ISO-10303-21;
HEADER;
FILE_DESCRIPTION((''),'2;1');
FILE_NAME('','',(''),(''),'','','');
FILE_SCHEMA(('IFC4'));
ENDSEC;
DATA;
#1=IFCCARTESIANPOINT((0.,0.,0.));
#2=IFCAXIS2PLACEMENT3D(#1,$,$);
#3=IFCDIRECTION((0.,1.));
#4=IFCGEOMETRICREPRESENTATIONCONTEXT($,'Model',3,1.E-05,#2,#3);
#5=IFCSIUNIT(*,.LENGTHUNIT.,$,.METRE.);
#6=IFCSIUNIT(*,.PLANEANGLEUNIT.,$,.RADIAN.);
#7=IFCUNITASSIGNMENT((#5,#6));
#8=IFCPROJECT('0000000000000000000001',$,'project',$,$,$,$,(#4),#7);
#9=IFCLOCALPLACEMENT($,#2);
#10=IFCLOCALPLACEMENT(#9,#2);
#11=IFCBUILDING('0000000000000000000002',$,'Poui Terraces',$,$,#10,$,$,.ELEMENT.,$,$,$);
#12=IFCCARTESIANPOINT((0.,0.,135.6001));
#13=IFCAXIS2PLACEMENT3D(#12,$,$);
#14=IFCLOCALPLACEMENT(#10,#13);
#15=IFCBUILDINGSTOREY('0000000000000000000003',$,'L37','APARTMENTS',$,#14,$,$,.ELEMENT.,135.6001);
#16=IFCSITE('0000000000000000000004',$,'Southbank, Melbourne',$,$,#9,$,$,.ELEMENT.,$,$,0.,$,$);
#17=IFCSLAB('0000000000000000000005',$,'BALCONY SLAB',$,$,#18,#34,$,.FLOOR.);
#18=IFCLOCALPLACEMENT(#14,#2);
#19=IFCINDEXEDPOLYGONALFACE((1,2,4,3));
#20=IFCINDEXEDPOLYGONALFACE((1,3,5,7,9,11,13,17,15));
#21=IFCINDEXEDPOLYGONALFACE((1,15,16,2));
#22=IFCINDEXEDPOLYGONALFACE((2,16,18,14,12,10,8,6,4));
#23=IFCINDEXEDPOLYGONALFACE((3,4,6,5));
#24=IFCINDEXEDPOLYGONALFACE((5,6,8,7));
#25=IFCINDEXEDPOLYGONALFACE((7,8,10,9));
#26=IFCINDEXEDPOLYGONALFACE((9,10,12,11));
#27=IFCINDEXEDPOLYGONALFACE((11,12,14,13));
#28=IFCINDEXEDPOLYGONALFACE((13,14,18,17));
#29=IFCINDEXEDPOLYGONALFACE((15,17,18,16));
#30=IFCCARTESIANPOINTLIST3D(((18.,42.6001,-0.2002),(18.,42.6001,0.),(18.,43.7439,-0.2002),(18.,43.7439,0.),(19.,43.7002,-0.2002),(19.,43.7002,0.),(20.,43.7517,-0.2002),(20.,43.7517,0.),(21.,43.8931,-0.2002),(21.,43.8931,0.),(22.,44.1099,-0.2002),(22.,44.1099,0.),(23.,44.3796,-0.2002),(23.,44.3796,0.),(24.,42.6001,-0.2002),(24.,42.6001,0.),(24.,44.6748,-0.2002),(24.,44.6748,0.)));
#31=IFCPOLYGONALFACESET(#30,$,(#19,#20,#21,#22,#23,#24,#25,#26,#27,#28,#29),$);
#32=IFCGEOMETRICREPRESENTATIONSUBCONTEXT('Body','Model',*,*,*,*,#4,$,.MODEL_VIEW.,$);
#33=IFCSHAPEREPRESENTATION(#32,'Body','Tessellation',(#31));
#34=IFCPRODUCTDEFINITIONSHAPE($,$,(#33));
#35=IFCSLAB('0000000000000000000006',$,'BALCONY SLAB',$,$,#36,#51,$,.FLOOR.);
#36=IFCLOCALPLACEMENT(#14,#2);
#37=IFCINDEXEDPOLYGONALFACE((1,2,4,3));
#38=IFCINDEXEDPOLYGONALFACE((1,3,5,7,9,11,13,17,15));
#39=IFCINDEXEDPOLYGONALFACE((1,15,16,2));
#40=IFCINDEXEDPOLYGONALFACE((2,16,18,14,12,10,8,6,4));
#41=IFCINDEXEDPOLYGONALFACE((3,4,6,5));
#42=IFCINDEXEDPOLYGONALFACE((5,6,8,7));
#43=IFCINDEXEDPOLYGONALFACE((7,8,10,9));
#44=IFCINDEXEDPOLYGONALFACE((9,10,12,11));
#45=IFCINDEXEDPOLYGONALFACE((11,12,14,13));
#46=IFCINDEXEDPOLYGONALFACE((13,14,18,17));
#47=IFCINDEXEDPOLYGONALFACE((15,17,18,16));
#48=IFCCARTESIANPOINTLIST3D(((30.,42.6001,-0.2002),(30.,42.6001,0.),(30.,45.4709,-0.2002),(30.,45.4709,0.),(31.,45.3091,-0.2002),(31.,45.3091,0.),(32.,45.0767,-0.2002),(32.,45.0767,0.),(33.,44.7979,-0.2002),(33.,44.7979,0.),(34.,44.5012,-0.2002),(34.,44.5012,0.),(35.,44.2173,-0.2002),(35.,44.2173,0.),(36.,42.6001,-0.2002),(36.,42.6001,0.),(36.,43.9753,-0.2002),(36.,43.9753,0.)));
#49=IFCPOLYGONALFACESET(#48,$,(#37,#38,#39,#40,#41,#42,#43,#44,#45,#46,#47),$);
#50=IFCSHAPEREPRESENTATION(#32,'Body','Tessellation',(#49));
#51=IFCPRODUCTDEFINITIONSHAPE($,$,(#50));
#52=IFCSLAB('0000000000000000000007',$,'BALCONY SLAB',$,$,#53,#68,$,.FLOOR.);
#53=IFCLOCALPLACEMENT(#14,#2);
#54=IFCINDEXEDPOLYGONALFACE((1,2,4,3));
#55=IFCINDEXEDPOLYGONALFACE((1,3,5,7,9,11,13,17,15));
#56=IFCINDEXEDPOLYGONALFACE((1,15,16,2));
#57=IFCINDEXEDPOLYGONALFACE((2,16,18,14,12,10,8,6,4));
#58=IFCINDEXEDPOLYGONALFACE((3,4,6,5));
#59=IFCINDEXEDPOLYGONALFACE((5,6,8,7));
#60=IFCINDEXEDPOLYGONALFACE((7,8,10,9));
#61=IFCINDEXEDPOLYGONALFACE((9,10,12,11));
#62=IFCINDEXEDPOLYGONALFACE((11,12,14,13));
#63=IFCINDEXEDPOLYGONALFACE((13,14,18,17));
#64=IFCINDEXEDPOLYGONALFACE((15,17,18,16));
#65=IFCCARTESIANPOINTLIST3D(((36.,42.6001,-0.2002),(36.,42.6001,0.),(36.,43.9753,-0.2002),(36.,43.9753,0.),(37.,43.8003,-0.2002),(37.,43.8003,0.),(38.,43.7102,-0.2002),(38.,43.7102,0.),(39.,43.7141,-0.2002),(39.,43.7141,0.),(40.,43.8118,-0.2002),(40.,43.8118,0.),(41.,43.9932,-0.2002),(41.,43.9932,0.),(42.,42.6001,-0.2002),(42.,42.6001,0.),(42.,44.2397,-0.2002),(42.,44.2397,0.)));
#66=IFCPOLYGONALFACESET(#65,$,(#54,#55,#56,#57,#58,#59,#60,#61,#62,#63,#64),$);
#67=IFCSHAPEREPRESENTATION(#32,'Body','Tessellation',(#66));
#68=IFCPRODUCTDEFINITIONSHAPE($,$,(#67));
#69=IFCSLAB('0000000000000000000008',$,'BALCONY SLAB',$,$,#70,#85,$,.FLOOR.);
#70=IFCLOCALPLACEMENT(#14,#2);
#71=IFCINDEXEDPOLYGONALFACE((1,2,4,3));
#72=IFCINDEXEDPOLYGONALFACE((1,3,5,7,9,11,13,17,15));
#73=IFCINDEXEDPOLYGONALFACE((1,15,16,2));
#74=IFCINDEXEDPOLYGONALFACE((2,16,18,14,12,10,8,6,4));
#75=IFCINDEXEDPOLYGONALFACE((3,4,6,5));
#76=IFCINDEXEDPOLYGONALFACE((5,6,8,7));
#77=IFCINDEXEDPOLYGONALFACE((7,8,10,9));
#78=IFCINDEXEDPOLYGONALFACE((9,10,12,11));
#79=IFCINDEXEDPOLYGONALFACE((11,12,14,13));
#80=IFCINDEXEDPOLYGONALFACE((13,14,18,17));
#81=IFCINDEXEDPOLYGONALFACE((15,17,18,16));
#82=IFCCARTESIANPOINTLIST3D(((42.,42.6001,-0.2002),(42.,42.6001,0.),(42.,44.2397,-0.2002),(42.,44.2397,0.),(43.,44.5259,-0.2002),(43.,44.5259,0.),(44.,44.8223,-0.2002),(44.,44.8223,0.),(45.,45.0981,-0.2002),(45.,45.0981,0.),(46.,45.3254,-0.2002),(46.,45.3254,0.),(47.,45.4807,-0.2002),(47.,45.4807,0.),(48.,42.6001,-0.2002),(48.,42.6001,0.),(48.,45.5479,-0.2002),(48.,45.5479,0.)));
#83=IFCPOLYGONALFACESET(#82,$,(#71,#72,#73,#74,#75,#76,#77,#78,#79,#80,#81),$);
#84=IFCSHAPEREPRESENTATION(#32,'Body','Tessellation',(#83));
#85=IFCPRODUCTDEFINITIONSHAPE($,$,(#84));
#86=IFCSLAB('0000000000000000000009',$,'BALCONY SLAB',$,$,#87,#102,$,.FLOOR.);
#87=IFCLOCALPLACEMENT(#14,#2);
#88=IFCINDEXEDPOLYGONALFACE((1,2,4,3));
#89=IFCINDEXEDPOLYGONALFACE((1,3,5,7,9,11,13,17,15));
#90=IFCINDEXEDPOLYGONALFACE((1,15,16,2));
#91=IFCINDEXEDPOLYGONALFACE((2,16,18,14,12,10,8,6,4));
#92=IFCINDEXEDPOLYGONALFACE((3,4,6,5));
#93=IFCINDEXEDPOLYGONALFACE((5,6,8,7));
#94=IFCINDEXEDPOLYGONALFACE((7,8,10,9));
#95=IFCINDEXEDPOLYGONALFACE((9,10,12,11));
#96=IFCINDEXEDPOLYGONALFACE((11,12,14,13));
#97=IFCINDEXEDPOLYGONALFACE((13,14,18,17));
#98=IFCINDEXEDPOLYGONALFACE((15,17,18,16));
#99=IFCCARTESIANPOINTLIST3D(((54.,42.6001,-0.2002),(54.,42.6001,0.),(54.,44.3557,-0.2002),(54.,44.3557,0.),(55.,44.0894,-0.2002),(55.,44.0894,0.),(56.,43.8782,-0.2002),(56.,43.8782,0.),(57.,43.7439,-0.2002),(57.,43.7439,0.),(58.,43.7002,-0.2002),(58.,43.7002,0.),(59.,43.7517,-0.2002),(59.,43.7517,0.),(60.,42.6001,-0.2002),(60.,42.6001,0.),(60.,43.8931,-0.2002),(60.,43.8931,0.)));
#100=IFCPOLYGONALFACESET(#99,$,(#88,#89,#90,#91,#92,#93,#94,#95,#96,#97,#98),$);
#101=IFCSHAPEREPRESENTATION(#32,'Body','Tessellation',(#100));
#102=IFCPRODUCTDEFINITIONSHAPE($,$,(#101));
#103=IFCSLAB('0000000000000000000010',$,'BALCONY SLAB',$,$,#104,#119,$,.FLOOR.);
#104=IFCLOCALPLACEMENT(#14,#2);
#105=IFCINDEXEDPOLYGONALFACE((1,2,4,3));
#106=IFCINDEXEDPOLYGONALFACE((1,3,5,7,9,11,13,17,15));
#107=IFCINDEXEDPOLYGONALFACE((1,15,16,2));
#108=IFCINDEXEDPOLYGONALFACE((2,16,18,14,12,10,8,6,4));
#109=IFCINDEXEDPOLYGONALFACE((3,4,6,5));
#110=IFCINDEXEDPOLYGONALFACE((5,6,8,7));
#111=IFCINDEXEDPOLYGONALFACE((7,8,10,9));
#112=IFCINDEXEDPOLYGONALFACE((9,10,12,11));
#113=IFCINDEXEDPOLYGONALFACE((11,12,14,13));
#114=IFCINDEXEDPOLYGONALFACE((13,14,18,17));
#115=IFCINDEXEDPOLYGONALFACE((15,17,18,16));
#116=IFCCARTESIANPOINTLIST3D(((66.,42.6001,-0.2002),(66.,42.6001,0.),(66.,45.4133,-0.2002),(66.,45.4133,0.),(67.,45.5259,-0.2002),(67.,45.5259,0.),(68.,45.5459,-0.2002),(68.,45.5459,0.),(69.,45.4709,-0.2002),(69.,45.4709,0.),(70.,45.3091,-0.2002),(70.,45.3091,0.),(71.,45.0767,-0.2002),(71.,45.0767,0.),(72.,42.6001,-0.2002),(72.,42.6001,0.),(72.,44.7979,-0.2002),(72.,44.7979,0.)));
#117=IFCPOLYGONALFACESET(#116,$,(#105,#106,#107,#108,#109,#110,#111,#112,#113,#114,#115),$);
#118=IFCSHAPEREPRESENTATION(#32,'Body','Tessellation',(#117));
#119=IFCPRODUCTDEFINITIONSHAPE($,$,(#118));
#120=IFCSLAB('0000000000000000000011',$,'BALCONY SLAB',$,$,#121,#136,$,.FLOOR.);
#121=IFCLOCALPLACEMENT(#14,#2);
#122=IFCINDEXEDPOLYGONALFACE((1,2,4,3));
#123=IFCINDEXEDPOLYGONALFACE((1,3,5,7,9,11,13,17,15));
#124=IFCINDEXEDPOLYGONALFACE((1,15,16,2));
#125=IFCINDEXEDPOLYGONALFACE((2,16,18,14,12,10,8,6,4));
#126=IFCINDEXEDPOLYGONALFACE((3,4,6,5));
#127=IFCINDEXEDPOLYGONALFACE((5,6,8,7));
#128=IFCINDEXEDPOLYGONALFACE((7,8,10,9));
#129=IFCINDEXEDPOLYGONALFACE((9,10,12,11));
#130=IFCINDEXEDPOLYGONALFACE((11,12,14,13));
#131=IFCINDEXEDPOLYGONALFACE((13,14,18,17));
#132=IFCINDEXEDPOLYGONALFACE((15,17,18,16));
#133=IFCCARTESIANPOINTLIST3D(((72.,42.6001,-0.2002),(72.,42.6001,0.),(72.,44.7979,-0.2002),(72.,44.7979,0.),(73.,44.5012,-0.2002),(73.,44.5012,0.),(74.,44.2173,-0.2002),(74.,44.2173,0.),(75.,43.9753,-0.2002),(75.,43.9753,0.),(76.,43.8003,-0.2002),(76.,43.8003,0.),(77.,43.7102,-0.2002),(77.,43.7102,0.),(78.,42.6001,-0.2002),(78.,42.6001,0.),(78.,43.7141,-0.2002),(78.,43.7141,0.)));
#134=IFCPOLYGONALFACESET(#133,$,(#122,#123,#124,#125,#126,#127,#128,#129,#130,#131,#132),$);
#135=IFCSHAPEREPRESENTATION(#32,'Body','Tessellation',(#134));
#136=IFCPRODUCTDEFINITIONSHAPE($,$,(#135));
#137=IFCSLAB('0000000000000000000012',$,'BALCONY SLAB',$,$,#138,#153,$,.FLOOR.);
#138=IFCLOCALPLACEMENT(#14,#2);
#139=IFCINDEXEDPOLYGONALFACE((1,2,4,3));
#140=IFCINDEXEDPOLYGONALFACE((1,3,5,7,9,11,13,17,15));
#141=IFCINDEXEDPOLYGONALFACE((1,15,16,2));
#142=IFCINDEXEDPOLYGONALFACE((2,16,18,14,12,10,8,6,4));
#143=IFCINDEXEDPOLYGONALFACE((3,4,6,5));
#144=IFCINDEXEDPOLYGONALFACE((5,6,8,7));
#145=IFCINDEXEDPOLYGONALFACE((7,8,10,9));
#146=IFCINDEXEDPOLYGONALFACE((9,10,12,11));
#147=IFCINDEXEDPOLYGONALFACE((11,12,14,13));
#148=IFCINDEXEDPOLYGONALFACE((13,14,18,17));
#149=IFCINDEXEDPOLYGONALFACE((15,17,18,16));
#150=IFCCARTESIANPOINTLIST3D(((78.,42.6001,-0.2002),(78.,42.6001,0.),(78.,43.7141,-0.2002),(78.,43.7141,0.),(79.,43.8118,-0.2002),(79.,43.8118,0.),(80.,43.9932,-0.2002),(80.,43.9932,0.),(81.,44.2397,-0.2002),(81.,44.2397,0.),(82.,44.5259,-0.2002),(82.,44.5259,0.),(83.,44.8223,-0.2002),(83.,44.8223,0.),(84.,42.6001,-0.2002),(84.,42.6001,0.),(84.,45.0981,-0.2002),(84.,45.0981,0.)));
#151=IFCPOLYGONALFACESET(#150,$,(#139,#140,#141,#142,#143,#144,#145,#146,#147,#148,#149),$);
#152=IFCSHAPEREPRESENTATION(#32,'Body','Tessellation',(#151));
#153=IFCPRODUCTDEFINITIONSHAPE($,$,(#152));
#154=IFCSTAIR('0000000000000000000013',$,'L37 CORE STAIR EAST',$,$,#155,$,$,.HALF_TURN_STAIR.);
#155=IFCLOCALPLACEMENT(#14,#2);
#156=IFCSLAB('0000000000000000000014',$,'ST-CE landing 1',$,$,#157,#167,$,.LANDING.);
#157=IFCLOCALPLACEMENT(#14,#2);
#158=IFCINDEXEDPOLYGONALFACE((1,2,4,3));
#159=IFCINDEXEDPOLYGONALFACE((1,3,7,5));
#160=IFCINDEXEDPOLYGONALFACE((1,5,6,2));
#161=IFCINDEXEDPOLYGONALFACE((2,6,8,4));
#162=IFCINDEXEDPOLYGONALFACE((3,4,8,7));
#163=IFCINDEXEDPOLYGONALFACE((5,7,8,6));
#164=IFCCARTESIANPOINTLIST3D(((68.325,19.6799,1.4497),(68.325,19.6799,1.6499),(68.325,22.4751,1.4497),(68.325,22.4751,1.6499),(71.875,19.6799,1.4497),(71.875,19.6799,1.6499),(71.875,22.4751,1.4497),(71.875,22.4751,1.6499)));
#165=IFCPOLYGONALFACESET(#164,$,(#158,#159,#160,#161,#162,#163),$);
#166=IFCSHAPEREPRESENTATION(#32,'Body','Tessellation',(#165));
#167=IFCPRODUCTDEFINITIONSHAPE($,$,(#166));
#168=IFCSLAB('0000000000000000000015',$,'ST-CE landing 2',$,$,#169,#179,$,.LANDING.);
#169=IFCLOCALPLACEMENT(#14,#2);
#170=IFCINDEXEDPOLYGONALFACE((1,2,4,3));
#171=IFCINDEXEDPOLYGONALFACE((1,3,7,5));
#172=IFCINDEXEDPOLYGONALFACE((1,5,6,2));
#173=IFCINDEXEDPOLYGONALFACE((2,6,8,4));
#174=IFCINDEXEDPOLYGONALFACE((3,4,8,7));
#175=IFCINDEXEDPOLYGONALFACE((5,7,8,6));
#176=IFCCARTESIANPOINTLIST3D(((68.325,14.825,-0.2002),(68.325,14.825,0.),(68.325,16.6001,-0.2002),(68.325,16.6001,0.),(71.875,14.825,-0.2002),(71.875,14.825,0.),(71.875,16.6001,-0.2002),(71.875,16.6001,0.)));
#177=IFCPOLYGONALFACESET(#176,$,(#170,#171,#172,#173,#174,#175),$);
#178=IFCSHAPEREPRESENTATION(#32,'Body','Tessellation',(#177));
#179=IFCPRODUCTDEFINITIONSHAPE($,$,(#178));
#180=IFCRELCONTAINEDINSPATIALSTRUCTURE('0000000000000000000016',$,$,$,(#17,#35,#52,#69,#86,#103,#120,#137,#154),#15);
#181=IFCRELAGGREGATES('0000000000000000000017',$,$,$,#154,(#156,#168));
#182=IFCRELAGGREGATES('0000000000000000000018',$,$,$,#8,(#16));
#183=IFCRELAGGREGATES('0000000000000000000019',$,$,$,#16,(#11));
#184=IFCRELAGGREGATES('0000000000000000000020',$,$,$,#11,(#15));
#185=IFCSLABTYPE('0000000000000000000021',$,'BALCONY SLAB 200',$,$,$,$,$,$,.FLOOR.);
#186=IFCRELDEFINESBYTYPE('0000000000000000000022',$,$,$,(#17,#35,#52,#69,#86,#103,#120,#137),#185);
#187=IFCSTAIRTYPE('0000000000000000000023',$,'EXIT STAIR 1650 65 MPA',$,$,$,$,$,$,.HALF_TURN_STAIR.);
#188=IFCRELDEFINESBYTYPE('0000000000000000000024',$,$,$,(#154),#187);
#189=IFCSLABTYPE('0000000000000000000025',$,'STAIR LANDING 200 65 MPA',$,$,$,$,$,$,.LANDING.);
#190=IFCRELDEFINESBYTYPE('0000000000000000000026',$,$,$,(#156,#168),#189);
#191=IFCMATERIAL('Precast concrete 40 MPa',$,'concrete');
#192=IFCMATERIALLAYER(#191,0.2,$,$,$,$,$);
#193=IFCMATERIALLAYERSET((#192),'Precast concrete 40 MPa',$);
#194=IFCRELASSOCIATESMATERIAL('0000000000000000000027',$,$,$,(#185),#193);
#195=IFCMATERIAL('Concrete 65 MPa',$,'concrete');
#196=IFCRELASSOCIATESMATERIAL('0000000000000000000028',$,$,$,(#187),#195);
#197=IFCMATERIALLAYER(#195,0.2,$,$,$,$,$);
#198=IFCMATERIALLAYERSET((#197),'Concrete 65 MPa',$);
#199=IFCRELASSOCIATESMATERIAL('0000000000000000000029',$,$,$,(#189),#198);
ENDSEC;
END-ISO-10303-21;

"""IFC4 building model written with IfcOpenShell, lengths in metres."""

from ifc_helpers import new_model, si_unit, direction, frame, origin, place, context, subcontext, project, spatial, polyline, outline, extrude, material, layer, layer_set, type_object, element, aggregate, save


model = new_model("IFC4")

# Units and contexts
model_context = context("Model", 3, precision=1e-05, world=origin(), true_north=direction((0.0, 1.0)))
body_context = subcontext(model_context, "Body", "Model", "MODEL_VIEW")
ifc_project = project(units=[si_unit("LENGTHUNIT", "METRE"), si_unit("PLANEANGLEUNIT", "RADIAN")], contexts=[model_context])

# Site, building, storey
site_placement = place(None, origin())
site = spatial("IfcSite", under=ifc_project, at=site_placement, Name="Southbank, Melbourne", CompositionType="ELEMENT", RefElevation=0.0)
building_placement = place(site_placement, origin())
building = spatial("IfcBuilding", under=site, at=building_placement, Name="Poui Terraces", CompositionType="ELEMENT")
storey_placement = place(building_placement, frame((0.0, 0.0, 135.6001)))
storey = spatial("IfcBuildingStorey", under=building, at=storey_placement, Name="L37", Description="APARTMENTS", CompositionType="ELEMENT", Elevation=135.6001)

# Slabs
ifc_material_1 = material(Name="Precast concrete 40 MPa", Category="concrete")
ifc_layer_1 = layer(ifc_material_1, 0.2)
ifc_layer_set_1 = layer_set([ifc_layer_1], Name="Precast concrete 40 MPa")
slab_type_1 = type_object("IfcSlabType", Name="BALCONY SLAB 200", PredefinedType="FLOOR", material=ifc_layer_set_1)
slab_1_placement = place(storey_placement, frame((0.0, 0.0, -0.2002)))
element("IfcSlab", 1, at=slab_1_placement, inside=storey, type_object=slab_type_1, Name="BALCONY SLAB", PredefinedType="FLOOR", context=body_context, shape_type="SweptSolid", body=[
    extrude(outline(polyline([(18.0, 42.6001), (24.0, 42.6001), (24.0, 44.6748), (23.0, 44.3796), (22.0, 44.1099), (21.0, 43.8931), (20.0, 43.7517), (19.0, 43.7002), (18.0, 43.7439), (18.0, 42.6001)])), origin(), (0.0, 0.0, 1.0), 0.2002),
])
slab_2_placement = place(storey_placement, frame((0.0, 0.0, -0.2002)))
element("IfcSlab", 2, at=slab_2_placement, inside=storey, type_object=slab_type_1, Name="BALCONY SLAB", PredefinedType="FLOOR", context=body_context, shape_type="SweptSolid", body=[
    extrude(outline(polyline([(30.0, 42.6001), (36.0, 42.6001), (36.0, 43.9753), (35.0, 44.2173), (34.0, 44.5012), (33.0, 44.7979), (32.0, 45.0767), (31.0, 45.3091), (30.0, 45.4709), (30.0, 42.6001)])), origin(), (0.0, 0.0, 1.0), 0.2002),
])
slab_3_placement = place(storey_placement, frame((0.0, 0.0, -0.2002)))
element("IfcSlab", 3, at=slab_3_placement, inside=storey, type_object=slab_type_1, Name="BALCONY SLAB", PredefinedType="FLOOR", context=body_context, shape_type="SweptSolid", body=[
    extrude(outline(polyline([(36.0, 42.6001), (42.0, 42.6001), (42.0, 44.2397), (41.0, 43.9932), (40.0, 43.8118), (39.0, 43.7141), (38.0, 43.7102), (37.0, 43.8003), (36.0, 43.9753), (36.0, 42.6001)])), origin(), (0.0, 0.0, 1.0), 0.2002),
])
slab_4_placement = place(storey_placement, frame((0.0, 0.0, -0.2002)))
element("IfcSlab", 4, at=slab_4_placement, inside=storey, type_object=slab_type_1, Name="BALCONY SLAB", PredefinedType="FLOOR", context=body_context, shape_type="SweptSolid", body=[
    extrude(outline(polyline([(42.0, 42.6001), (48.0, 42.6001), (48.0, 45.5479), (47.0, 45.4807), (46.0, 45.3254), (45.0, 45.0981), (44.0, 44.8223), (43.0, 44.5259), (42.0, 44.2397), (42.0, 42.6001)])), origin(), (0.0, 0.0, 1.0), 0.2002),
])
slab_5_placement = place(storey_placement, frame((0.0, 0.0, -0.2002)))
element("IfcSlab", 5, at=slab_5_placement, inside=storey, type_object=slab_type_1, Name="BALCONY SLAB", PredefinedType="FLOOR", context=body_context, shape_type="SweptSolid", body=[
    extrude(outline(polyline([(54.0, 42.6001), (60.0, 42.6001), (60.0, 43.8931), (59.0, 43.7517), (58.0, 43.7002), (57.0, 43.7439), (56.0, 43.8782), (55.0, 44.0894), (54.0, 44.3557), (54.0, 42.6001)])), origin(), (0.0, 0.0, 1.0), 0.2002),
])
slab_6_placement = place(storey_placement, frame((0.0, 0.0, -0.2002)))
element("IfcSlab", 6, at=slab_6_placement, inside=storey, type_object=slab_type_1, Name="BALCONY SLAB", PredefinedType="FLOOR", context=body_context, shape_type="SweptSolid", body=[
    extrude(outline(polyline([(66.0, 42.6001), (72.0, 42.6001), (72.0, 44.7979), (71.0, 45.0767), (70.0, 45.3091), (69.0, 45.4709), (68.0, 45.5459), (67.0, 45.5259), (66.0, 45.4133), (66.0, 42.6001)])), origin(), (0.0, 0.0, 1.0), 0.2002),
])
slab_7_placement = place(storey_placement, frame((0.0, 0.0, -0.2002)))
element("IfcSlab", 7, at=slab_7_placement, inside=storey, type_object=slab_type_1, Name="BALCONY SLAB", PredefinedType="FLOOR", context=body_context, shape_type="SweptSolid", body=[
    extrude(outline(polyline([(72.0, 42.6001), (78.0, 42.6001), (78.0, 43.7141), (77.0, 43.7102), (76.0, 43.8003), (75.0, 43.9753), (74.0, 44.2173), (73.0, 44.5012), (72.0, 44.7979), (72.0, 42.6001)])), origin(), (0.0, 0.0, 1.0), 0.2002),
])
slab_8_placement = place(storey_placement, frame((0.0, 0.0, -0.2002)))
element("IfcSlab", 8, at=slab_8_placement, inside=storey, type_object=slab_type_1, Name="BALCONY SLAB", PredefinedType="FLOOR", context=body_context, shape_type="SweptSolid", body=[
    extrude(outline(polyline([(78.0, 42.6001), (84.0, 42.6001), (84.0, 45.0981), (83.0, 44.8223), (82.0, 44.5259), (81.0, 44.2397), (80.0, 43.9932), (79.0, 43.8118), (78.0, 43.7141), (78.0, 42.6001)])), origin(), (0.0, 0.0, 1.0), 0.2002),
])

# Stair, slabs
ifc_material_2 = material(Name="Concrete 65 MPa", Category="concrete")
stair_type = type_object("IfcStairType", Name="EXIT STAIR 1650 65 MPA", PredefinedType="HALF_TURN_STAIR", material=ifc_material_2)
stair_placement = place(storey_placement, origin())
stair = element("IfcStair", 9, at=stair_placement, inside=storey, type_object=stair_type, Name="L37 CORE STAIR EAST", PredefinedType="HALF_TURN_STAIR")
ifc_layer_2 = layer(ifc_material_2, 0.2)
ifc_layer_set_2 = layer_set([ifc_layer_2], Name="Concrete 65 MPa")
slab_type_2 = type_object("IfcSlabType", Name="STAIR LANDING 200 65 MPA", PredefinedType="LANDING", material=ifc_layer_set_2)
slab_9_placement = place(storey_placement, frame((0.0, 0.0, 1.4497)))
slab_9 = element("IfcSlab", 10, at=slab_9_placement, type_object=slab_type_2, Name="ST-CE landing 1", PredefinedType="LANDING", context=body_context, shape_type="SweptSolid", body=[
    extrude(outline(polyline([(68.325, 19.6799), (71.875, 19.6799), (71.875, 22.4751), (68.325, 22.4751), (68.325, 19.6799)])), origin(), (0.0, 0.0, 1.0), 0.2002),
])
slab_10_placement = place(storey_placement, frame((0.0, 0.0, -0.2002)))
slab_10 = element("IfcSlab", 11, at=slab_10_placement, type_object=slab_type_2, Name="ST-CE landing 2", PredefinedType="LANDING", context=body_context, shape_type="SweptSolid", body=[
    extrude(outline(polyline([(68.325, 14.825), (71.875, 14.825), (71.875, 16.6001), (68.325, 16.6001), (68.325, 14.825)])), origin(), (0.0, 0.0, 1.0), 0.2002),
])
aggregate(stair, [slab_9, slab_10])

save(model, "model.ifc")
